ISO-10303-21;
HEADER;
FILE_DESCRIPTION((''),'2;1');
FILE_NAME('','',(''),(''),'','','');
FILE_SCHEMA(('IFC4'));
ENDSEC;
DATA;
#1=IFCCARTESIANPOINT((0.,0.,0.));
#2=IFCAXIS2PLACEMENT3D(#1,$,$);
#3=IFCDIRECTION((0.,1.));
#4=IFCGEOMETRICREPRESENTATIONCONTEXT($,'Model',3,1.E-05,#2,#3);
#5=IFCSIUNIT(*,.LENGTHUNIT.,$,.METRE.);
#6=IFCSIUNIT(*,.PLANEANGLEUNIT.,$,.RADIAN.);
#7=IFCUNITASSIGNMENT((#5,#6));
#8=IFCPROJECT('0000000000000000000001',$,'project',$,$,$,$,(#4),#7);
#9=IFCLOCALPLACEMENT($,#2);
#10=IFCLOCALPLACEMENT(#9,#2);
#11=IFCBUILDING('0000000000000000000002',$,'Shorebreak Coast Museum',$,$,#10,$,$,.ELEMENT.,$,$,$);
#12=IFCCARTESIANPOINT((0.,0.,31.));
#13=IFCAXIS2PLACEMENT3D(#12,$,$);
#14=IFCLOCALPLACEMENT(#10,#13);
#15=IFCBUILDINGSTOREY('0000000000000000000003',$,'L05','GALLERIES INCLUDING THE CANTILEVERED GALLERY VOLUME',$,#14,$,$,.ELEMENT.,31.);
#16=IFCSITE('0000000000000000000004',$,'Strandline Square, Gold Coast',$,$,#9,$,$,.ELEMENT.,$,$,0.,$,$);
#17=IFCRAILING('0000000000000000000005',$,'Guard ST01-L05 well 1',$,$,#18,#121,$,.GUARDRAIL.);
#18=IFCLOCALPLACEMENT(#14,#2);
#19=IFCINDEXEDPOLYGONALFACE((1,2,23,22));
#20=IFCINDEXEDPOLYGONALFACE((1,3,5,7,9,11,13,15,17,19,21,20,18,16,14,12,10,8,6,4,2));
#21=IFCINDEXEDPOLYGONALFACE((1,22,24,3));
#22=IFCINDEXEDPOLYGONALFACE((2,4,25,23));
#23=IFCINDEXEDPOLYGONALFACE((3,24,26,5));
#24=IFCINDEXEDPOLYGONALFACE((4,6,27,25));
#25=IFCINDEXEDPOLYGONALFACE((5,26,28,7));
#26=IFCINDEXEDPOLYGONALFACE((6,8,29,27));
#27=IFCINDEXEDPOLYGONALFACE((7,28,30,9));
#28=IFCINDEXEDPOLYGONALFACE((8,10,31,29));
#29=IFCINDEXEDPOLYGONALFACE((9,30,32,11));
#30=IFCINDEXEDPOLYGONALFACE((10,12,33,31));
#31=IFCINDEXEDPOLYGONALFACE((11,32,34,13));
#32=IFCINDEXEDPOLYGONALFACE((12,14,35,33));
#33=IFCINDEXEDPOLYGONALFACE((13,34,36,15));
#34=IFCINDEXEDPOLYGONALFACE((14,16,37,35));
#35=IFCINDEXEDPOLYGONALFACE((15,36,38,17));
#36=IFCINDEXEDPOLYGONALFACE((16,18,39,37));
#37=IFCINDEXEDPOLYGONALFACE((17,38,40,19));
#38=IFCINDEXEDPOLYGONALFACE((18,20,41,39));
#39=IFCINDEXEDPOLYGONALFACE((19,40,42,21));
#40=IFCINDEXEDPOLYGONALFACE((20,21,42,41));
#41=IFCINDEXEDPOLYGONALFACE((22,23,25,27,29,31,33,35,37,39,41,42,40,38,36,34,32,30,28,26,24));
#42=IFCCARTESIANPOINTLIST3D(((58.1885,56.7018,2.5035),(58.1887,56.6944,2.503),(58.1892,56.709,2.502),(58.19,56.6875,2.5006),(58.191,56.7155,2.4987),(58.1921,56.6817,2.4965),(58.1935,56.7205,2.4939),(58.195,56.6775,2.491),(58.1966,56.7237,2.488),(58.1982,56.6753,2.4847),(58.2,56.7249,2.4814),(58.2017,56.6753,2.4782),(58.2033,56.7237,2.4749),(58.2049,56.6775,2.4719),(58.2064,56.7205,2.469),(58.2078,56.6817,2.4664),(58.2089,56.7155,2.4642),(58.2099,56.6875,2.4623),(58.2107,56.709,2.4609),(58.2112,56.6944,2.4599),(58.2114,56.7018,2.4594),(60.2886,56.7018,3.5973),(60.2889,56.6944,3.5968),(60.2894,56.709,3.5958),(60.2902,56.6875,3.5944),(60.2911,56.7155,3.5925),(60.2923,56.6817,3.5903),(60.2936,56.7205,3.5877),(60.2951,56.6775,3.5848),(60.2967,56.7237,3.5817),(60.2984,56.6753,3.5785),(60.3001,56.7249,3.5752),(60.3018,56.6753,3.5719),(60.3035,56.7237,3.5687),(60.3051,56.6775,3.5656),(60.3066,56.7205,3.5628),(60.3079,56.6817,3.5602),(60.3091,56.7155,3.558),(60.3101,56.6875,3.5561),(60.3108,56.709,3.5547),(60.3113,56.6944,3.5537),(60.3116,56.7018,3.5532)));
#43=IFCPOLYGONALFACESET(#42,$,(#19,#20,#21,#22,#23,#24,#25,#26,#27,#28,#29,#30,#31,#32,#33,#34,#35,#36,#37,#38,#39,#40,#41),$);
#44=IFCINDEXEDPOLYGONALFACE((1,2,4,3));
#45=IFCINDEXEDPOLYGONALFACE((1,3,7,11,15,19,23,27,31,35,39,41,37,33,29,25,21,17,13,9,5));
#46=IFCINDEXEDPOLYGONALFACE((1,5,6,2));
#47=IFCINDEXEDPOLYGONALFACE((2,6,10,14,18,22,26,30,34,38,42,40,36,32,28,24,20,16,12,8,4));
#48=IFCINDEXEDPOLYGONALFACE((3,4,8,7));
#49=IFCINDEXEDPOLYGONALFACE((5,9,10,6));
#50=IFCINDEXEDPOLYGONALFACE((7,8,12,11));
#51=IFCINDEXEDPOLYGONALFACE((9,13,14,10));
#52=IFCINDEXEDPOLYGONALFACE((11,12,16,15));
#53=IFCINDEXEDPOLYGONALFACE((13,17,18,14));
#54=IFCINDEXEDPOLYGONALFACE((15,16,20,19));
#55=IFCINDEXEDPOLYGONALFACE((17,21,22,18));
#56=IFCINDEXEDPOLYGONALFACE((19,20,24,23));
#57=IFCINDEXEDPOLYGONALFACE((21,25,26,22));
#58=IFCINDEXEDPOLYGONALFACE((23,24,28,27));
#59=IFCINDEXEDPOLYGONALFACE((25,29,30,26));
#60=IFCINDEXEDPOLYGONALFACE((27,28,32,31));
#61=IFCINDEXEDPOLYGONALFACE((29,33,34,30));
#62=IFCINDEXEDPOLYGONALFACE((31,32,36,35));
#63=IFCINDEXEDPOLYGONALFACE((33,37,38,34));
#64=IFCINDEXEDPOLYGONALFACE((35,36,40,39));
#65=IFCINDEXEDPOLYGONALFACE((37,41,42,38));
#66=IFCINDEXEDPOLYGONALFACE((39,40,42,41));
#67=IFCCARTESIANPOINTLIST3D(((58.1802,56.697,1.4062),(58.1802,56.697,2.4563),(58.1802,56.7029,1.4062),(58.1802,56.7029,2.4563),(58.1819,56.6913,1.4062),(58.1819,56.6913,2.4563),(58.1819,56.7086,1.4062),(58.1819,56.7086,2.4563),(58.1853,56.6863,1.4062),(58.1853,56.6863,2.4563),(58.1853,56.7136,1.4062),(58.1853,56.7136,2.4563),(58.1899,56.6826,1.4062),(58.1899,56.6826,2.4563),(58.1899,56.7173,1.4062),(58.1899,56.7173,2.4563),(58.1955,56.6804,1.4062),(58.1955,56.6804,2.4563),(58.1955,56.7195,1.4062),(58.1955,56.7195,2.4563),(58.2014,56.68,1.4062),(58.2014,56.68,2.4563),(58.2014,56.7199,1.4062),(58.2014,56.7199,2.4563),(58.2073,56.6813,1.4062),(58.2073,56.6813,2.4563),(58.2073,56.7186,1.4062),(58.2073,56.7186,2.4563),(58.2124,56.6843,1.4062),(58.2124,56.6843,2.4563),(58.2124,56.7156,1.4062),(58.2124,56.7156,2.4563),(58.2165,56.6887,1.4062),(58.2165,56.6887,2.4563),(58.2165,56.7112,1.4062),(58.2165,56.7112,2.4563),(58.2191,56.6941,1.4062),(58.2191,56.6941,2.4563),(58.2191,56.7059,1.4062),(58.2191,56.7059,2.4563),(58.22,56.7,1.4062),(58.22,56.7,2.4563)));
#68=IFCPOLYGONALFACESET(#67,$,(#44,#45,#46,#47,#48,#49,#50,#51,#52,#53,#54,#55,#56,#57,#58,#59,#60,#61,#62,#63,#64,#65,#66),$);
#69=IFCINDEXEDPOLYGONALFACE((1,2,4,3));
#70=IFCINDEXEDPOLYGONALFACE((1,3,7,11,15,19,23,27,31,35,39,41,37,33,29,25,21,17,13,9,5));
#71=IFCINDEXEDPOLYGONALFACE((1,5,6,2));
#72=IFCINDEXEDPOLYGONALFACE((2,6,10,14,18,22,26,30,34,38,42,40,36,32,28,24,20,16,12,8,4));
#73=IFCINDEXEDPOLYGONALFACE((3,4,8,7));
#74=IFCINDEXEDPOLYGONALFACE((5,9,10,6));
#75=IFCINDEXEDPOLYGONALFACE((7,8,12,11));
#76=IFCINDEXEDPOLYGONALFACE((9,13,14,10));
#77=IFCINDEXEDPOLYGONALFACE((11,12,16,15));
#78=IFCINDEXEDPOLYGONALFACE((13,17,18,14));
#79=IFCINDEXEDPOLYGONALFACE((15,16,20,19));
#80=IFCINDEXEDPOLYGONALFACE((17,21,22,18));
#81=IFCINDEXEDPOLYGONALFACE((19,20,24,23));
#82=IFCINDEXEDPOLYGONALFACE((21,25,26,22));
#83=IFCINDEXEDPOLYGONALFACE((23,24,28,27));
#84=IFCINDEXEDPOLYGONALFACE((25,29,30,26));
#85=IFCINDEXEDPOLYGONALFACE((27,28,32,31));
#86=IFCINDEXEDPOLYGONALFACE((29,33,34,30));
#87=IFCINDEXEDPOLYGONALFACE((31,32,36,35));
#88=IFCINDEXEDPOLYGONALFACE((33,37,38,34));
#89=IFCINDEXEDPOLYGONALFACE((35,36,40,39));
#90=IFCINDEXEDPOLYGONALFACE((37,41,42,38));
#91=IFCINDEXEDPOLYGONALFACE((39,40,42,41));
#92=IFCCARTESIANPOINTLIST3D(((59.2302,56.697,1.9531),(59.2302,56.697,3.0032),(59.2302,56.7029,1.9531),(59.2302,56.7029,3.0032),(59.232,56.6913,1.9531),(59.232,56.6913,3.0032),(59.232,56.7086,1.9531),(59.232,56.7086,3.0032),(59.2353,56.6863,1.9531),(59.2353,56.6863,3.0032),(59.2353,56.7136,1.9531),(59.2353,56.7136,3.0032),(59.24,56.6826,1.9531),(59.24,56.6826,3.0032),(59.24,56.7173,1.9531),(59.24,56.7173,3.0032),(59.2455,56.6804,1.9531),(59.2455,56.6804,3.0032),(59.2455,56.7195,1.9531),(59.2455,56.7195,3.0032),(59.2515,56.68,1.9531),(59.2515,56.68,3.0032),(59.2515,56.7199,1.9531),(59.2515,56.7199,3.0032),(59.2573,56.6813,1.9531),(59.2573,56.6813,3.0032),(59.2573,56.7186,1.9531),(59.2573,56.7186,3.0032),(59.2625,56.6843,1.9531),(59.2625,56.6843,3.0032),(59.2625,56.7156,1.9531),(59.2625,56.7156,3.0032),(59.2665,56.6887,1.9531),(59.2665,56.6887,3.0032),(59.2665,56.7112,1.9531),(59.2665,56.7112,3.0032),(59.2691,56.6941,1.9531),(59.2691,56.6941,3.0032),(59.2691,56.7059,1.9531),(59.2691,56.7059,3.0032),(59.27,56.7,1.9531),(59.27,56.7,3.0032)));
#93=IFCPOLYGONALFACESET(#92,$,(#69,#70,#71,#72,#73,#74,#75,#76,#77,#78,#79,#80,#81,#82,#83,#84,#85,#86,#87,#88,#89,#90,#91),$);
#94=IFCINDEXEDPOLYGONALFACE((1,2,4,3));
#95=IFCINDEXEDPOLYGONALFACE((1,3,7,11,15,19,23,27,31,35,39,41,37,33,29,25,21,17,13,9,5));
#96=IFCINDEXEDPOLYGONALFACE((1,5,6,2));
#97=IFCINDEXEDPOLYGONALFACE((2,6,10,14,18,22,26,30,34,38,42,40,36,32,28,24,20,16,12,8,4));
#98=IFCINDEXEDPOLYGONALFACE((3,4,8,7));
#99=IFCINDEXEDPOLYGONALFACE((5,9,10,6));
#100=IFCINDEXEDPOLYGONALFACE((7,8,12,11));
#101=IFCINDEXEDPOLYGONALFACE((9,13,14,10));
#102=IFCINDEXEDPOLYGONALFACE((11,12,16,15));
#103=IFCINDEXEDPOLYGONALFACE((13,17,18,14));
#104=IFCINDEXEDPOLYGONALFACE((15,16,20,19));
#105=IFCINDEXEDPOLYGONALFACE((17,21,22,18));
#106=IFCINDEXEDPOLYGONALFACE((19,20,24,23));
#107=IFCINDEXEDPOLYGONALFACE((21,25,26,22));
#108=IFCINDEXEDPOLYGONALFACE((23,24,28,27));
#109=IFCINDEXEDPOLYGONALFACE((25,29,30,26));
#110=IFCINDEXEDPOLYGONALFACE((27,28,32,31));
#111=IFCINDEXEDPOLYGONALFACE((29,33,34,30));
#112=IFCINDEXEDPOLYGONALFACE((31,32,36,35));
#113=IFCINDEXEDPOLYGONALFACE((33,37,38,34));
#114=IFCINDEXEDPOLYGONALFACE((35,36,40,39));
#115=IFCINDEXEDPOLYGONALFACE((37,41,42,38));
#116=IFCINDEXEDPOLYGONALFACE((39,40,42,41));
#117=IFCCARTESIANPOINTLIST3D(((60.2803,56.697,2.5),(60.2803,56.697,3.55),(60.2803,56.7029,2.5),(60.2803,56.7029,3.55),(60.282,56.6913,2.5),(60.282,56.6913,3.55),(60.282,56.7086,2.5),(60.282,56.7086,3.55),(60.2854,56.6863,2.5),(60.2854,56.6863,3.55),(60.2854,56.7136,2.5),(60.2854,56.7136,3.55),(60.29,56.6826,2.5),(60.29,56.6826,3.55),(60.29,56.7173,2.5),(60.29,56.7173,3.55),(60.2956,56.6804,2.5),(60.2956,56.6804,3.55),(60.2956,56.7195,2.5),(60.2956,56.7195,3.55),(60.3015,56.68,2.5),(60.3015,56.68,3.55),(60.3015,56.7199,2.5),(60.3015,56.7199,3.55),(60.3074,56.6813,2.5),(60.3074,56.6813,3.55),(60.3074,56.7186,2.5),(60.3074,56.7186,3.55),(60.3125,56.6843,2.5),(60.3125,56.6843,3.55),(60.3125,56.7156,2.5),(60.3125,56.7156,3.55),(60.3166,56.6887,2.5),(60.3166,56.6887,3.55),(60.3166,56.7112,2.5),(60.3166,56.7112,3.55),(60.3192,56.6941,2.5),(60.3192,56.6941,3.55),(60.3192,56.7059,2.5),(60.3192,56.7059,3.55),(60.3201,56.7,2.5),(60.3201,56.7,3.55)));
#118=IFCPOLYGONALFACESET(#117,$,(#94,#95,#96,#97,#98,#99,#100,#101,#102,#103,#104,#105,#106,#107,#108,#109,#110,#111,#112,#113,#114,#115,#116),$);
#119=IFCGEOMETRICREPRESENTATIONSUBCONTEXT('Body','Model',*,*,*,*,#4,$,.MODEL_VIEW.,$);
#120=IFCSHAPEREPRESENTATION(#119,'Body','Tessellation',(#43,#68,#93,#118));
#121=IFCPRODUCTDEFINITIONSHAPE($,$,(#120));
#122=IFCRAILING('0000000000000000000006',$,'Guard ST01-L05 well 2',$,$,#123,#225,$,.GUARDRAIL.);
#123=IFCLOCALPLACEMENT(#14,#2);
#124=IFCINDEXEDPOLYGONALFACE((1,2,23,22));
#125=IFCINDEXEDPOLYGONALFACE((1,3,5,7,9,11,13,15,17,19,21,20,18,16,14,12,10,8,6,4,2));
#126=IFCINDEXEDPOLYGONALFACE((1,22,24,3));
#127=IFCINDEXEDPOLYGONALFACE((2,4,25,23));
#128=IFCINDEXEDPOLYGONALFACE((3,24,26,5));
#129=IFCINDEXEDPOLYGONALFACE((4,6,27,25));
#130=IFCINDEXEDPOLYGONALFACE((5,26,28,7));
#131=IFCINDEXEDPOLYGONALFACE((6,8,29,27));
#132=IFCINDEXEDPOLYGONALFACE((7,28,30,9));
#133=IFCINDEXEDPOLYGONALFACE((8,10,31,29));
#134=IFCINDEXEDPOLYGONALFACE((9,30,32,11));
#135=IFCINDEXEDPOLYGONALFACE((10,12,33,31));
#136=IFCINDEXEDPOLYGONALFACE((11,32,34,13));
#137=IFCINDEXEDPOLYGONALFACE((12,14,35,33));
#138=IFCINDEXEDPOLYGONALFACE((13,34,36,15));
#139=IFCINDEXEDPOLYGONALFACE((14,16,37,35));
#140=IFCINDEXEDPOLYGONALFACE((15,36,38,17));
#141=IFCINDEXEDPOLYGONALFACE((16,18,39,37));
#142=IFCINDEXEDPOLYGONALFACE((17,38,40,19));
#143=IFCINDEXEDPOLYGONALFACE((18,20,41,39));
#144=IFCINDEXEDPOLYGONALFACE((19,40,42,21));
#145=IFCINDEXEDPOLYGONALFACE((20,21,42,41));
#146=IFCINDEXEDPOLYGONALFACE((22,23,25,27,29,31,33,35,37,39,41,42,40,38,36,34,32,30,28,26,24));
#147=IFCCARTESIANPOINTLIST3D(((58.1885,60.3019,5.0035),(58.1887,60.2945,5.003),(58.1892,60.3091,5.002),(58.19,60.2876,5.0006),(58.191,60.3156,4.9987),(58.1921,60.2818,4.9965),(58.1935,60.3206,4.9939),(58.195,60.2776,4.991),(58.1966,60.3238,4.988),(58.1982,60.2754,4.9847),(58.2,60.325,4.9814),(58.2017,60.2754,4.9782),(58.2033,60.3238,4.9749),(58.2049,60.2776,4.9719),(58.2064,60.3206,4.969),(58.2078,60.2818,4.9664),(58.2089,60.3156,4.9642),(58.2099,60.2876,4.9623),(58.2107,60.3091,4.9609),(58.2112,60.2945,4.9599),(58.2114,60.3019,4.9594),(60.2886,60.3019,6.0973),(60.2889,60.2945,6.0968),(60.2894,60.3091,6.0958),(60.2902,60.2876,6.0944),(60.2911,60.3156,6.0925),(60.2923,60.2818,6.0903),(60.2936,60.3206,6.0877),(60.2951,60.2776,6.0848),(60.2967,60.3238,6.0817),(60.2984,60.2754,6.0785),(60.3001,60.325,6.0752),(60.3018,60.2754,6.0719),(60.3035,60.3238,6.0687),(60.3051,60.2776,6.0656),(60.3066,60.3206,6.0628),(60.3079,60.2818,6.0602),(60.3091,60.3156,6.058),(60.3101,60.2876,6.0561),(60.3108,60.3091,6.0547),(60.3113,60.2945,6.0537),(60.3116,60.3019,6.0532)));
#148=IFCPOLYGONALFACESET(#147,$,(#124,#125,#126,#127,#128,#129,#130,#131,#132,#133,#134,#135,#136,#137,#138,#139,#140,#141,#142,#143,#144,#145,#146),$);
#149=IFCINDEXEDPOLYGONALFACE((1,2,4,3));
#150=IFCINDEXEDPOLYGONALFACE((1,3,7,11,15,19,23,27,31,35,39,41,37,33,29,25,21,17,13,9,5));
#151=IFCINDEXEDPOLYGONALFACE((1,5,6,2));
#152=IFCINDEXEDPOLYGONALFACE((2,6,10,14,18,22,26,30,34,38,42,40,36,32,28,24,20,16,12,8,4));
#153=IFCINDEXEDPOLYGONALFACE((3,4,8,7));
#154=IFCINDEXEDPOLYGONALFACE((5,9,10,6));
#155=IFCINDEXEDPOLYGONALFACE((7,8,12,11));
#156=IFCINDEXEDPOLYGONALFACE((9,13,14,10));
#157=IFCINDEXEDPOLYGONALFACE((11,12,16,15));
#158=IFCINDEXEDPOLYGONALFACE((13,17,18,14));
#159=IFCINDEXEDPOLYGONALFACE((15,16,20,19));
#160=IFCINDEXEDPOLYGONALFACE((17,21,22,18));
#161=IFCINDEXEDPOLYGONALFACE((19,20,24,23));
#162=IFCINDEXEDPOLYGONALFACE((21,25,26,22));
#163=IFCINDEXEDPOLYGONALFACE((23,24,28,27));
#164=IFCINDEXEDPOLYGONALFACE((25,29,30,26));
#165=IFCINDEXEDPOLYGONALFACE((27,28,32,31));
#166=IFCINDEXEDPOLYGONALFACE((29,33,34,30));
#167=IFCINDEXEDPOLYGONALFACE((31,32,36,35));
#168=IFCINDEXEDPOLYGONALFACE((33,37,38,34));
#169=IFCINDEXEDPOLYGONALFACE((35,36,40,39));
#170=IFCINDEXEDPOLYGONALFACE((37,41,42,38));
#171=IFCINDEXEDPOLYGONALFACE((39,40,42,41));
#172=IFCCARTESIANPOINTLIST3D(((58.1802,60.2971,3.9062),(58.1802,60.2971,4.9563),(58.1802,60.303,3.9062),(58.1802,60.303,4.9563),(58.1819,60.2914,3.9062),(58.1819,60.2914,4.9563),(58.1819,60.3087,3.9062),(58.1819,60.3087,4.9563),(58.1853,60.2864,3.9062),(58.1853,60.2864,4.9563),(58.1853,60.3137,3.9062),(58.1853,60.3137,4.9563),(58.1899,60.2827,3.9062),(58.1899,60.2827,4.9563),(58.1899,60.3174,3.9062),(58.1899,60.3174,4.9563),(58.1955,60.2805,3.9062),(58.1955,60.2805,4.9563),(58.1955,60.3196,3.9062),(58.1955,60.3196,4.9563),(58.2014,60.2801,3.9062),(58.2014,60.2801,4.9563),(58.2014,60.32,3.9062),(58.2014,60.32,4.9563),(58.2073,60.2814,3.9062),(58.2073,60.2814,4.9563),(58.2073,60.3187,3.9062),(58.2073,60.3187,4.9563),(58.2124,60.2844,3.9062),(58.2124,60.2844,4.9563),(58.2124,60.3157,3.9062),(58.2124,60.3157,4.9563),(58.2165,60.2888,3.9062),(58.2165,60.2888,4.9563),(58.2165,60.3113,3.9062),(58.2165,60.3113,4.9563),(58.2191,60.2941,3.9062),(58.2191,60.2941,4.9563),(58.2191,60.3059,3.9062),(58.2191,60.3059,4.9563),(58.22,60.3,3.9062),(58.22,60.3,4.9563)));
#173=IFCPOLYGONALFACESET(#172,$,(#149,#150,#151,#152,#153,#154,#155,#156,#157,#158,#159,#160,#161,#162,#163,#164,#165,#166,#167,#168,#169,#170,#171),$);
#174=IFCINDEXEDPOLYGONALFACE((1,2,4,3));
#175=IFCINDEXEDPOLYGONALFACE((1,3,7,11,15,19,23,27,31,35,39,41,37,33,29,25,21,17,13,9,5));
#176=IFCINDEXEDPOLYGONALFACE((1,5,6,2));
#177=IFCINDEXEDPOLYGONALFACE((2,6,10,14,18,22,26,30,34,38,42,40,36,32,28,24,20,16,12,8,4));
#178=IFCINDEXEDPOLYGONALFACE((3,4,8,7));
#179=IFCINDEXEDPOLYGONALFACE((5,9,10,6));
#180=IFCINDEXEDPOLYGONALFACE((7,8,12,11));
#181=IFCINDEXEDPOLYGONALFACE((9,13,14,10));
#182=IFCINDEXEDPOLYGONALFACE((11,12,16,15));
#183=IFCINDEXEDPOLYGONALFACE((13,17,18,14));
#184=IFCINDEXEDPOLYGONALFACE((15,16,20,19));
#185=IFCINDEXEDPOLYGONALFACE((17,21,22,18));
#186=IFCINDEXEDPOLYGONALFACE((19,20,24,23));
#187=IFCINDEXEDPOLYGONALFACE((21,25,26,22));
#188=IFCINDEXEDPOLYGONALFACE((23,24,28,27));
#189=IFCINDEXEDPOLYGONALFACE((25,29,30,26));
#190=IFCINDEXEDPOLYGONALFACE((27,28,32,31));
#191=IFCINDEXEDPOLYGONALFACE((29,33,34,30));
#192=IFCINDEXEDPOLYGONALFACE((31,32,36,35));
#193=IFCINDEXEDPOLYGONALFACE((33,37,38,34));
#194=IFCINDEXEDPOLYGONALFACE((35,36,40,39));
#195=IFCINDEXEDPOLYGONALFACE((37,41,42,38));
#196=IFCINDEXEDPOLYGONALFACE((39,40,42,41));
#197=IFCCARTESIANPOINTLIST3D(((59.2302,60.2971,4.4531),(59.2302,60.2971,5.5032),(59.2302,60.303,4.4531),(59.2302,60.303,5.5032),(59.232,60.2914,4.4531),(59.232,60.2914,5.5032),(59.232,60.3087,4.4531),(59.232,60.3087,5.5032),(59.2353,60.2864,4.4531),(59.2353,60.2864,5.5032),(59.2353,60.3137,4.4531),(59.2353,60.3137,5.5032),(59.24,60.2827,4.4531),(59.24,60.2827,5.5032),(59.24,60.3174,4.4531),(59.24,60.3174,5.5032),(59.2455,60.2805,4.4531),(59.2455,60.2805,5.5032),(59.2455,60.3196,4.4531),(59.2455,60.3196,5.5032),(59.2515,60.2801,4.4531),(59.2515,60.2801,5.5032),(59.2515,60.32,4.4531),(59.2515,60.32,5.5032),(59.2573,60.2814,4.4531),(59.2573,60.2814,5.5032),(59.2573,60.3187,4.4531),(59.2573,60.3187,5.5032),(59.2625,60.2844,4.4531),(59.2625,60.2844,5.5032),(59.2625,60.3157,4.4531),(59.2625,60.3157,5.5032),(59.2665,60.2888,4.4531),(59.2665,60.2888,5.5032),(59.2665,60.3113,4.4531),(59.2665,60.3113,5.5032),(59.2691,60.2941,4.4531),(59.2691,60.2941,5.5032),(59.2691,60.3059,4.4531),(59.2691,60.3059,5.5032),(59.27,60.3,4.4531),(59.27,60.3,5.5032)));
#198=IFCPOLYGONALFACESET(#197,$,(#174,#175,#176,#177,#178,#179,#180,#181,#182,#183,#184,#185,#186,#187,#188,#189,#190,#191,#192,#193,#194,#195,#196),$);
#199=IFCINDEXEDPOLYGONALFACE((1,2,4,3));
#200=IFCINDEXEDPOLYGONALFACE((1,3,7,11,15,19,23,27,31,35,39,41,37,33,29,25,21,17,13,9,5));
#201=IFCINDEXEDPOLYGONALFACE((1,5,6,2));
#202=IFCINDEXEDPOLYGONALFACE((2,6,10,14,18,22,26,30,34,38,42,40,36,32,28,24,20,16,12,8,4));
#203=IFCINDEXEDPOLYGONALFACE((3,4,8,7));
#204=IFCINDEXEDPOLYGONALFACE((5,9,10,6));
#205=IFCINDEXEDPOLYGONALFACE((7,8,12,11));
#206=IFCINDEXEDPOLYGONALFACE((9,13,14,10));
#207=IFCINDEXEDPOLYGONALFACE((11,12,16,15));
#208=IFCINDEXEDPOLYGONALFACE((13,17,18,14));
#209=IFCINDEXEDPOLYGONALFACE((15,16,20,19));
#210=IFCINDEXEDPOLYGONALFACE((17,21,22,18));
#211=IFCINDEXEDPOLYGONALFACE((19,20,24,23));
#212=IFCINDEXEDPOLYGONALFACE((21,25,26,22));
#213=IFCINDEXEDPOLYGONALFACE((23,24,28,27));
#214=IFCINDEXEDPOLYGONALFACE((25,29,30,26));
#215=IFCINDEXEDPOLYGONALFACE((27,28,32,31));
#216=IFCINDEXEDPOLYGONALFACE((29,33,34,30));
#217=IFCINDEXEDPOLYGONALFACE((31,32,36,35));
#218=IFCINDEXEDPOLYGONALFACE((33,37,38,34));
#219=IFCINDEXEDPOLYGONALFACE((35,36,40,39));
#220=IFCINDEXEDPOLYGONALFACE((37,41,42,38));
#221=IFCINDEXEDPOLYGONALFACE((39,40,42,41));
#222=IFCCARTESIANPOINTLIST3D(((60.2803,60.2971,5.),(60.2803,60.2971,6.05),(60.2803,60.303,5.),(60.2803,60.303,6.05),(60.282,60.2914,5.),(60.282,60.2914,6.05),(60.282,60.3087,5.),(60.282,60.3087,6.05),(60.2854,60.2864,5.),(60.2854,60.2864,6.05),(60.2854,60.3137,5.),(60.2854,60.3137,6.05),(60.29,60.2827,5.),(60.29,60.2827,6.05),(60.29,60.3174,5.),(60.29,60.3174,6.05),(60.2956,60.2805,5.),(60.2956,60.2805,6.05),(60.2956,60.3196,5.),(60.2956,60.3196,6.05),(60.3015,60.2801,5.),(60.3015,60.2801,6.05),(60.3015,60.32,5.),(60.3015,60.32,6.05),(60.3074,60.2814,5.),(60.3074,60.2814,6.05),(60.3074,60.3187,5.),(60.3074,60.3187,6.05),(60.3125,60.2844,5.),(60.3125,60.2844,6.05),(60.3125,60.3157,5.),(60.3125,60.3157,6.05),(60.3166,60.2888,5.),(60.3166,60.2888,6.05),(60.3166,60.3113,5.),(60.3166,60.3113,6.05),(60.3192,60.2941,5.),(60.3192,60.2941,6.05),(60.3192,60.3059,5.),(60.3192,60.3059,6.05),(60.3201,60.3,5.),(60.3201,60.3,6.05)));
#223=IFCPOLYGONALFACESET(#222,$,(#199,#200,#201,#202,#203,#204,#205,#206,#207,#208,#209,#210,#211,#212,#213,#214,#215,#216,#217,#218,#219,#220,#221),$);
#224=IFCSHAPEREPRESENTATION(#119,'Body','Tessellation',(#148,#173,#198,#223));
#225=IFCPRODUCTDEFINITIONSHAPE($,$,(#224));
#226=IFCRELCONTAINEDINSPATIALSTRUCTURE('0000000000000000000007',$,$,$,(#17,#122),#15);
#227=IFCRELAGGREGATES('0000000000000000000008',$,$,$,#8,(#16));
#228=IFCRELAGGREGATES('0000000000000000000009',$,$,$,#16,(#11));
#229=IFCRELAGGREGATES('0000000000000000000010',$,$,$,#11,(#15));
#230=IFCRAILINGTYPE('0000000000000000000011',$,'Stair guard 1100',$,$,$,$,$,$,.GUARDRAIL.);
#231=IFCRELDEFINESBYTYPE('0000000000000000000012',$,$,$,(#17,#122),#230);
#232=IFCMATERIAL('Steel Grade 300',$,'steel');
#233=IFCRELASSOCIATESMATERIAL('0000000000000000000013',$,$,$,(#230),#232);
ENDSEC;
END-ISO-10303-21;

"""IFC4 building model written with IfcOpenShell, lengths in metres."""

from ifc_helpers import new_model, si_unit, direction, frame, origin, origin_2d, place, context, subcontext, project, spatial, circle, extrude, material, type_object, element, save


model = new_model("IFC4")

# Units and contexts
model_context = context("Model", 3, precision=1e-05, world=origin(), true_north=direction((0.0, 1.0)))
body_context = subcontext(model_context, "Body", "Model", "MODEL_VIEW")
ifc_project = project(units=[si_unit("LENGTHUNIT", "METRE"), si_unit("PLANEANGLEUNIT", "RADIAN")], contexts=[model_context])

# Site, building, storey
site_placement = place(None, origin())
site = spatial("IfcSite", under=ifc_project, at=site_placement, Name="Strandline Square, Gold Coast", CompositionType="ELEMENT", RefElevation=0.0)
building_placement = place(site_placement, origin())
building = spatial("IfcBuilding", under=site, at=building_placement, Name="Shorebreak Coast Museum", CompositionType="ELEMENT")
storey_placement = place(building_placement, frame((0.0, 0.0, 31.0)))
storey = spatial("IfcBuildingStorey", under=building, at=storey_placement, Name="L05", Description="GALLERIES INCLUDING THE CANTILEVERED GALLERY VOLUME", CompositionType="ELEMENT", Elevation=31.0)

# Railings
ifc_material_1 = material(Name="Steel Grade 300", Category="steel")
railing_type_1 = type_object("IfcRailingType", Name="Stair guard 1100", PredefinedType="GUARDRAIL", material=ifc_material_1)
for number, where, name in (
    (1, (58.2, 56.7, 1.4062), "Guard ST01-L05 well 1"),
    (2, (58.2, 60.3, 3.9062), "Guard ST01-L05 well 2"),
):
    element("IfcRailing", number, at=place(storey_placement, frame(where)), inside=storey, type_object=railing_type_1, Name=name, PredefinedType="GUARDRAIL", context=body_context, shape_type="SweptSolid", body=[
        extrude(circle(Radius=0.0249, at=origin_2d()), frame((0.0, 0.0, 1.0752), z_axis=(0.886923, 0.0, 0.461918), x_axis=(0.0, 1.0, 0.0)), (0.0, 0.0, 1.0), 2.3679),
        extrude(circle(Radius=0.02, at=origin_2d()), origin(), (0.0, 0.0, 1.0), 1.05),
        extrude(circle(Radius=0.02, at=origin_2d()), frame((1.05, 0.0, 0.5469)), (0.0, 0.0, 1.0), 1.05),
        extrude(circle(Radius=0.02, at=origin_2d()), frame((2.1001, 0.0, 1.0938)), (0.0, 0.0, 1.0), 1.05),
    ])

save(model, "model.ifc")
